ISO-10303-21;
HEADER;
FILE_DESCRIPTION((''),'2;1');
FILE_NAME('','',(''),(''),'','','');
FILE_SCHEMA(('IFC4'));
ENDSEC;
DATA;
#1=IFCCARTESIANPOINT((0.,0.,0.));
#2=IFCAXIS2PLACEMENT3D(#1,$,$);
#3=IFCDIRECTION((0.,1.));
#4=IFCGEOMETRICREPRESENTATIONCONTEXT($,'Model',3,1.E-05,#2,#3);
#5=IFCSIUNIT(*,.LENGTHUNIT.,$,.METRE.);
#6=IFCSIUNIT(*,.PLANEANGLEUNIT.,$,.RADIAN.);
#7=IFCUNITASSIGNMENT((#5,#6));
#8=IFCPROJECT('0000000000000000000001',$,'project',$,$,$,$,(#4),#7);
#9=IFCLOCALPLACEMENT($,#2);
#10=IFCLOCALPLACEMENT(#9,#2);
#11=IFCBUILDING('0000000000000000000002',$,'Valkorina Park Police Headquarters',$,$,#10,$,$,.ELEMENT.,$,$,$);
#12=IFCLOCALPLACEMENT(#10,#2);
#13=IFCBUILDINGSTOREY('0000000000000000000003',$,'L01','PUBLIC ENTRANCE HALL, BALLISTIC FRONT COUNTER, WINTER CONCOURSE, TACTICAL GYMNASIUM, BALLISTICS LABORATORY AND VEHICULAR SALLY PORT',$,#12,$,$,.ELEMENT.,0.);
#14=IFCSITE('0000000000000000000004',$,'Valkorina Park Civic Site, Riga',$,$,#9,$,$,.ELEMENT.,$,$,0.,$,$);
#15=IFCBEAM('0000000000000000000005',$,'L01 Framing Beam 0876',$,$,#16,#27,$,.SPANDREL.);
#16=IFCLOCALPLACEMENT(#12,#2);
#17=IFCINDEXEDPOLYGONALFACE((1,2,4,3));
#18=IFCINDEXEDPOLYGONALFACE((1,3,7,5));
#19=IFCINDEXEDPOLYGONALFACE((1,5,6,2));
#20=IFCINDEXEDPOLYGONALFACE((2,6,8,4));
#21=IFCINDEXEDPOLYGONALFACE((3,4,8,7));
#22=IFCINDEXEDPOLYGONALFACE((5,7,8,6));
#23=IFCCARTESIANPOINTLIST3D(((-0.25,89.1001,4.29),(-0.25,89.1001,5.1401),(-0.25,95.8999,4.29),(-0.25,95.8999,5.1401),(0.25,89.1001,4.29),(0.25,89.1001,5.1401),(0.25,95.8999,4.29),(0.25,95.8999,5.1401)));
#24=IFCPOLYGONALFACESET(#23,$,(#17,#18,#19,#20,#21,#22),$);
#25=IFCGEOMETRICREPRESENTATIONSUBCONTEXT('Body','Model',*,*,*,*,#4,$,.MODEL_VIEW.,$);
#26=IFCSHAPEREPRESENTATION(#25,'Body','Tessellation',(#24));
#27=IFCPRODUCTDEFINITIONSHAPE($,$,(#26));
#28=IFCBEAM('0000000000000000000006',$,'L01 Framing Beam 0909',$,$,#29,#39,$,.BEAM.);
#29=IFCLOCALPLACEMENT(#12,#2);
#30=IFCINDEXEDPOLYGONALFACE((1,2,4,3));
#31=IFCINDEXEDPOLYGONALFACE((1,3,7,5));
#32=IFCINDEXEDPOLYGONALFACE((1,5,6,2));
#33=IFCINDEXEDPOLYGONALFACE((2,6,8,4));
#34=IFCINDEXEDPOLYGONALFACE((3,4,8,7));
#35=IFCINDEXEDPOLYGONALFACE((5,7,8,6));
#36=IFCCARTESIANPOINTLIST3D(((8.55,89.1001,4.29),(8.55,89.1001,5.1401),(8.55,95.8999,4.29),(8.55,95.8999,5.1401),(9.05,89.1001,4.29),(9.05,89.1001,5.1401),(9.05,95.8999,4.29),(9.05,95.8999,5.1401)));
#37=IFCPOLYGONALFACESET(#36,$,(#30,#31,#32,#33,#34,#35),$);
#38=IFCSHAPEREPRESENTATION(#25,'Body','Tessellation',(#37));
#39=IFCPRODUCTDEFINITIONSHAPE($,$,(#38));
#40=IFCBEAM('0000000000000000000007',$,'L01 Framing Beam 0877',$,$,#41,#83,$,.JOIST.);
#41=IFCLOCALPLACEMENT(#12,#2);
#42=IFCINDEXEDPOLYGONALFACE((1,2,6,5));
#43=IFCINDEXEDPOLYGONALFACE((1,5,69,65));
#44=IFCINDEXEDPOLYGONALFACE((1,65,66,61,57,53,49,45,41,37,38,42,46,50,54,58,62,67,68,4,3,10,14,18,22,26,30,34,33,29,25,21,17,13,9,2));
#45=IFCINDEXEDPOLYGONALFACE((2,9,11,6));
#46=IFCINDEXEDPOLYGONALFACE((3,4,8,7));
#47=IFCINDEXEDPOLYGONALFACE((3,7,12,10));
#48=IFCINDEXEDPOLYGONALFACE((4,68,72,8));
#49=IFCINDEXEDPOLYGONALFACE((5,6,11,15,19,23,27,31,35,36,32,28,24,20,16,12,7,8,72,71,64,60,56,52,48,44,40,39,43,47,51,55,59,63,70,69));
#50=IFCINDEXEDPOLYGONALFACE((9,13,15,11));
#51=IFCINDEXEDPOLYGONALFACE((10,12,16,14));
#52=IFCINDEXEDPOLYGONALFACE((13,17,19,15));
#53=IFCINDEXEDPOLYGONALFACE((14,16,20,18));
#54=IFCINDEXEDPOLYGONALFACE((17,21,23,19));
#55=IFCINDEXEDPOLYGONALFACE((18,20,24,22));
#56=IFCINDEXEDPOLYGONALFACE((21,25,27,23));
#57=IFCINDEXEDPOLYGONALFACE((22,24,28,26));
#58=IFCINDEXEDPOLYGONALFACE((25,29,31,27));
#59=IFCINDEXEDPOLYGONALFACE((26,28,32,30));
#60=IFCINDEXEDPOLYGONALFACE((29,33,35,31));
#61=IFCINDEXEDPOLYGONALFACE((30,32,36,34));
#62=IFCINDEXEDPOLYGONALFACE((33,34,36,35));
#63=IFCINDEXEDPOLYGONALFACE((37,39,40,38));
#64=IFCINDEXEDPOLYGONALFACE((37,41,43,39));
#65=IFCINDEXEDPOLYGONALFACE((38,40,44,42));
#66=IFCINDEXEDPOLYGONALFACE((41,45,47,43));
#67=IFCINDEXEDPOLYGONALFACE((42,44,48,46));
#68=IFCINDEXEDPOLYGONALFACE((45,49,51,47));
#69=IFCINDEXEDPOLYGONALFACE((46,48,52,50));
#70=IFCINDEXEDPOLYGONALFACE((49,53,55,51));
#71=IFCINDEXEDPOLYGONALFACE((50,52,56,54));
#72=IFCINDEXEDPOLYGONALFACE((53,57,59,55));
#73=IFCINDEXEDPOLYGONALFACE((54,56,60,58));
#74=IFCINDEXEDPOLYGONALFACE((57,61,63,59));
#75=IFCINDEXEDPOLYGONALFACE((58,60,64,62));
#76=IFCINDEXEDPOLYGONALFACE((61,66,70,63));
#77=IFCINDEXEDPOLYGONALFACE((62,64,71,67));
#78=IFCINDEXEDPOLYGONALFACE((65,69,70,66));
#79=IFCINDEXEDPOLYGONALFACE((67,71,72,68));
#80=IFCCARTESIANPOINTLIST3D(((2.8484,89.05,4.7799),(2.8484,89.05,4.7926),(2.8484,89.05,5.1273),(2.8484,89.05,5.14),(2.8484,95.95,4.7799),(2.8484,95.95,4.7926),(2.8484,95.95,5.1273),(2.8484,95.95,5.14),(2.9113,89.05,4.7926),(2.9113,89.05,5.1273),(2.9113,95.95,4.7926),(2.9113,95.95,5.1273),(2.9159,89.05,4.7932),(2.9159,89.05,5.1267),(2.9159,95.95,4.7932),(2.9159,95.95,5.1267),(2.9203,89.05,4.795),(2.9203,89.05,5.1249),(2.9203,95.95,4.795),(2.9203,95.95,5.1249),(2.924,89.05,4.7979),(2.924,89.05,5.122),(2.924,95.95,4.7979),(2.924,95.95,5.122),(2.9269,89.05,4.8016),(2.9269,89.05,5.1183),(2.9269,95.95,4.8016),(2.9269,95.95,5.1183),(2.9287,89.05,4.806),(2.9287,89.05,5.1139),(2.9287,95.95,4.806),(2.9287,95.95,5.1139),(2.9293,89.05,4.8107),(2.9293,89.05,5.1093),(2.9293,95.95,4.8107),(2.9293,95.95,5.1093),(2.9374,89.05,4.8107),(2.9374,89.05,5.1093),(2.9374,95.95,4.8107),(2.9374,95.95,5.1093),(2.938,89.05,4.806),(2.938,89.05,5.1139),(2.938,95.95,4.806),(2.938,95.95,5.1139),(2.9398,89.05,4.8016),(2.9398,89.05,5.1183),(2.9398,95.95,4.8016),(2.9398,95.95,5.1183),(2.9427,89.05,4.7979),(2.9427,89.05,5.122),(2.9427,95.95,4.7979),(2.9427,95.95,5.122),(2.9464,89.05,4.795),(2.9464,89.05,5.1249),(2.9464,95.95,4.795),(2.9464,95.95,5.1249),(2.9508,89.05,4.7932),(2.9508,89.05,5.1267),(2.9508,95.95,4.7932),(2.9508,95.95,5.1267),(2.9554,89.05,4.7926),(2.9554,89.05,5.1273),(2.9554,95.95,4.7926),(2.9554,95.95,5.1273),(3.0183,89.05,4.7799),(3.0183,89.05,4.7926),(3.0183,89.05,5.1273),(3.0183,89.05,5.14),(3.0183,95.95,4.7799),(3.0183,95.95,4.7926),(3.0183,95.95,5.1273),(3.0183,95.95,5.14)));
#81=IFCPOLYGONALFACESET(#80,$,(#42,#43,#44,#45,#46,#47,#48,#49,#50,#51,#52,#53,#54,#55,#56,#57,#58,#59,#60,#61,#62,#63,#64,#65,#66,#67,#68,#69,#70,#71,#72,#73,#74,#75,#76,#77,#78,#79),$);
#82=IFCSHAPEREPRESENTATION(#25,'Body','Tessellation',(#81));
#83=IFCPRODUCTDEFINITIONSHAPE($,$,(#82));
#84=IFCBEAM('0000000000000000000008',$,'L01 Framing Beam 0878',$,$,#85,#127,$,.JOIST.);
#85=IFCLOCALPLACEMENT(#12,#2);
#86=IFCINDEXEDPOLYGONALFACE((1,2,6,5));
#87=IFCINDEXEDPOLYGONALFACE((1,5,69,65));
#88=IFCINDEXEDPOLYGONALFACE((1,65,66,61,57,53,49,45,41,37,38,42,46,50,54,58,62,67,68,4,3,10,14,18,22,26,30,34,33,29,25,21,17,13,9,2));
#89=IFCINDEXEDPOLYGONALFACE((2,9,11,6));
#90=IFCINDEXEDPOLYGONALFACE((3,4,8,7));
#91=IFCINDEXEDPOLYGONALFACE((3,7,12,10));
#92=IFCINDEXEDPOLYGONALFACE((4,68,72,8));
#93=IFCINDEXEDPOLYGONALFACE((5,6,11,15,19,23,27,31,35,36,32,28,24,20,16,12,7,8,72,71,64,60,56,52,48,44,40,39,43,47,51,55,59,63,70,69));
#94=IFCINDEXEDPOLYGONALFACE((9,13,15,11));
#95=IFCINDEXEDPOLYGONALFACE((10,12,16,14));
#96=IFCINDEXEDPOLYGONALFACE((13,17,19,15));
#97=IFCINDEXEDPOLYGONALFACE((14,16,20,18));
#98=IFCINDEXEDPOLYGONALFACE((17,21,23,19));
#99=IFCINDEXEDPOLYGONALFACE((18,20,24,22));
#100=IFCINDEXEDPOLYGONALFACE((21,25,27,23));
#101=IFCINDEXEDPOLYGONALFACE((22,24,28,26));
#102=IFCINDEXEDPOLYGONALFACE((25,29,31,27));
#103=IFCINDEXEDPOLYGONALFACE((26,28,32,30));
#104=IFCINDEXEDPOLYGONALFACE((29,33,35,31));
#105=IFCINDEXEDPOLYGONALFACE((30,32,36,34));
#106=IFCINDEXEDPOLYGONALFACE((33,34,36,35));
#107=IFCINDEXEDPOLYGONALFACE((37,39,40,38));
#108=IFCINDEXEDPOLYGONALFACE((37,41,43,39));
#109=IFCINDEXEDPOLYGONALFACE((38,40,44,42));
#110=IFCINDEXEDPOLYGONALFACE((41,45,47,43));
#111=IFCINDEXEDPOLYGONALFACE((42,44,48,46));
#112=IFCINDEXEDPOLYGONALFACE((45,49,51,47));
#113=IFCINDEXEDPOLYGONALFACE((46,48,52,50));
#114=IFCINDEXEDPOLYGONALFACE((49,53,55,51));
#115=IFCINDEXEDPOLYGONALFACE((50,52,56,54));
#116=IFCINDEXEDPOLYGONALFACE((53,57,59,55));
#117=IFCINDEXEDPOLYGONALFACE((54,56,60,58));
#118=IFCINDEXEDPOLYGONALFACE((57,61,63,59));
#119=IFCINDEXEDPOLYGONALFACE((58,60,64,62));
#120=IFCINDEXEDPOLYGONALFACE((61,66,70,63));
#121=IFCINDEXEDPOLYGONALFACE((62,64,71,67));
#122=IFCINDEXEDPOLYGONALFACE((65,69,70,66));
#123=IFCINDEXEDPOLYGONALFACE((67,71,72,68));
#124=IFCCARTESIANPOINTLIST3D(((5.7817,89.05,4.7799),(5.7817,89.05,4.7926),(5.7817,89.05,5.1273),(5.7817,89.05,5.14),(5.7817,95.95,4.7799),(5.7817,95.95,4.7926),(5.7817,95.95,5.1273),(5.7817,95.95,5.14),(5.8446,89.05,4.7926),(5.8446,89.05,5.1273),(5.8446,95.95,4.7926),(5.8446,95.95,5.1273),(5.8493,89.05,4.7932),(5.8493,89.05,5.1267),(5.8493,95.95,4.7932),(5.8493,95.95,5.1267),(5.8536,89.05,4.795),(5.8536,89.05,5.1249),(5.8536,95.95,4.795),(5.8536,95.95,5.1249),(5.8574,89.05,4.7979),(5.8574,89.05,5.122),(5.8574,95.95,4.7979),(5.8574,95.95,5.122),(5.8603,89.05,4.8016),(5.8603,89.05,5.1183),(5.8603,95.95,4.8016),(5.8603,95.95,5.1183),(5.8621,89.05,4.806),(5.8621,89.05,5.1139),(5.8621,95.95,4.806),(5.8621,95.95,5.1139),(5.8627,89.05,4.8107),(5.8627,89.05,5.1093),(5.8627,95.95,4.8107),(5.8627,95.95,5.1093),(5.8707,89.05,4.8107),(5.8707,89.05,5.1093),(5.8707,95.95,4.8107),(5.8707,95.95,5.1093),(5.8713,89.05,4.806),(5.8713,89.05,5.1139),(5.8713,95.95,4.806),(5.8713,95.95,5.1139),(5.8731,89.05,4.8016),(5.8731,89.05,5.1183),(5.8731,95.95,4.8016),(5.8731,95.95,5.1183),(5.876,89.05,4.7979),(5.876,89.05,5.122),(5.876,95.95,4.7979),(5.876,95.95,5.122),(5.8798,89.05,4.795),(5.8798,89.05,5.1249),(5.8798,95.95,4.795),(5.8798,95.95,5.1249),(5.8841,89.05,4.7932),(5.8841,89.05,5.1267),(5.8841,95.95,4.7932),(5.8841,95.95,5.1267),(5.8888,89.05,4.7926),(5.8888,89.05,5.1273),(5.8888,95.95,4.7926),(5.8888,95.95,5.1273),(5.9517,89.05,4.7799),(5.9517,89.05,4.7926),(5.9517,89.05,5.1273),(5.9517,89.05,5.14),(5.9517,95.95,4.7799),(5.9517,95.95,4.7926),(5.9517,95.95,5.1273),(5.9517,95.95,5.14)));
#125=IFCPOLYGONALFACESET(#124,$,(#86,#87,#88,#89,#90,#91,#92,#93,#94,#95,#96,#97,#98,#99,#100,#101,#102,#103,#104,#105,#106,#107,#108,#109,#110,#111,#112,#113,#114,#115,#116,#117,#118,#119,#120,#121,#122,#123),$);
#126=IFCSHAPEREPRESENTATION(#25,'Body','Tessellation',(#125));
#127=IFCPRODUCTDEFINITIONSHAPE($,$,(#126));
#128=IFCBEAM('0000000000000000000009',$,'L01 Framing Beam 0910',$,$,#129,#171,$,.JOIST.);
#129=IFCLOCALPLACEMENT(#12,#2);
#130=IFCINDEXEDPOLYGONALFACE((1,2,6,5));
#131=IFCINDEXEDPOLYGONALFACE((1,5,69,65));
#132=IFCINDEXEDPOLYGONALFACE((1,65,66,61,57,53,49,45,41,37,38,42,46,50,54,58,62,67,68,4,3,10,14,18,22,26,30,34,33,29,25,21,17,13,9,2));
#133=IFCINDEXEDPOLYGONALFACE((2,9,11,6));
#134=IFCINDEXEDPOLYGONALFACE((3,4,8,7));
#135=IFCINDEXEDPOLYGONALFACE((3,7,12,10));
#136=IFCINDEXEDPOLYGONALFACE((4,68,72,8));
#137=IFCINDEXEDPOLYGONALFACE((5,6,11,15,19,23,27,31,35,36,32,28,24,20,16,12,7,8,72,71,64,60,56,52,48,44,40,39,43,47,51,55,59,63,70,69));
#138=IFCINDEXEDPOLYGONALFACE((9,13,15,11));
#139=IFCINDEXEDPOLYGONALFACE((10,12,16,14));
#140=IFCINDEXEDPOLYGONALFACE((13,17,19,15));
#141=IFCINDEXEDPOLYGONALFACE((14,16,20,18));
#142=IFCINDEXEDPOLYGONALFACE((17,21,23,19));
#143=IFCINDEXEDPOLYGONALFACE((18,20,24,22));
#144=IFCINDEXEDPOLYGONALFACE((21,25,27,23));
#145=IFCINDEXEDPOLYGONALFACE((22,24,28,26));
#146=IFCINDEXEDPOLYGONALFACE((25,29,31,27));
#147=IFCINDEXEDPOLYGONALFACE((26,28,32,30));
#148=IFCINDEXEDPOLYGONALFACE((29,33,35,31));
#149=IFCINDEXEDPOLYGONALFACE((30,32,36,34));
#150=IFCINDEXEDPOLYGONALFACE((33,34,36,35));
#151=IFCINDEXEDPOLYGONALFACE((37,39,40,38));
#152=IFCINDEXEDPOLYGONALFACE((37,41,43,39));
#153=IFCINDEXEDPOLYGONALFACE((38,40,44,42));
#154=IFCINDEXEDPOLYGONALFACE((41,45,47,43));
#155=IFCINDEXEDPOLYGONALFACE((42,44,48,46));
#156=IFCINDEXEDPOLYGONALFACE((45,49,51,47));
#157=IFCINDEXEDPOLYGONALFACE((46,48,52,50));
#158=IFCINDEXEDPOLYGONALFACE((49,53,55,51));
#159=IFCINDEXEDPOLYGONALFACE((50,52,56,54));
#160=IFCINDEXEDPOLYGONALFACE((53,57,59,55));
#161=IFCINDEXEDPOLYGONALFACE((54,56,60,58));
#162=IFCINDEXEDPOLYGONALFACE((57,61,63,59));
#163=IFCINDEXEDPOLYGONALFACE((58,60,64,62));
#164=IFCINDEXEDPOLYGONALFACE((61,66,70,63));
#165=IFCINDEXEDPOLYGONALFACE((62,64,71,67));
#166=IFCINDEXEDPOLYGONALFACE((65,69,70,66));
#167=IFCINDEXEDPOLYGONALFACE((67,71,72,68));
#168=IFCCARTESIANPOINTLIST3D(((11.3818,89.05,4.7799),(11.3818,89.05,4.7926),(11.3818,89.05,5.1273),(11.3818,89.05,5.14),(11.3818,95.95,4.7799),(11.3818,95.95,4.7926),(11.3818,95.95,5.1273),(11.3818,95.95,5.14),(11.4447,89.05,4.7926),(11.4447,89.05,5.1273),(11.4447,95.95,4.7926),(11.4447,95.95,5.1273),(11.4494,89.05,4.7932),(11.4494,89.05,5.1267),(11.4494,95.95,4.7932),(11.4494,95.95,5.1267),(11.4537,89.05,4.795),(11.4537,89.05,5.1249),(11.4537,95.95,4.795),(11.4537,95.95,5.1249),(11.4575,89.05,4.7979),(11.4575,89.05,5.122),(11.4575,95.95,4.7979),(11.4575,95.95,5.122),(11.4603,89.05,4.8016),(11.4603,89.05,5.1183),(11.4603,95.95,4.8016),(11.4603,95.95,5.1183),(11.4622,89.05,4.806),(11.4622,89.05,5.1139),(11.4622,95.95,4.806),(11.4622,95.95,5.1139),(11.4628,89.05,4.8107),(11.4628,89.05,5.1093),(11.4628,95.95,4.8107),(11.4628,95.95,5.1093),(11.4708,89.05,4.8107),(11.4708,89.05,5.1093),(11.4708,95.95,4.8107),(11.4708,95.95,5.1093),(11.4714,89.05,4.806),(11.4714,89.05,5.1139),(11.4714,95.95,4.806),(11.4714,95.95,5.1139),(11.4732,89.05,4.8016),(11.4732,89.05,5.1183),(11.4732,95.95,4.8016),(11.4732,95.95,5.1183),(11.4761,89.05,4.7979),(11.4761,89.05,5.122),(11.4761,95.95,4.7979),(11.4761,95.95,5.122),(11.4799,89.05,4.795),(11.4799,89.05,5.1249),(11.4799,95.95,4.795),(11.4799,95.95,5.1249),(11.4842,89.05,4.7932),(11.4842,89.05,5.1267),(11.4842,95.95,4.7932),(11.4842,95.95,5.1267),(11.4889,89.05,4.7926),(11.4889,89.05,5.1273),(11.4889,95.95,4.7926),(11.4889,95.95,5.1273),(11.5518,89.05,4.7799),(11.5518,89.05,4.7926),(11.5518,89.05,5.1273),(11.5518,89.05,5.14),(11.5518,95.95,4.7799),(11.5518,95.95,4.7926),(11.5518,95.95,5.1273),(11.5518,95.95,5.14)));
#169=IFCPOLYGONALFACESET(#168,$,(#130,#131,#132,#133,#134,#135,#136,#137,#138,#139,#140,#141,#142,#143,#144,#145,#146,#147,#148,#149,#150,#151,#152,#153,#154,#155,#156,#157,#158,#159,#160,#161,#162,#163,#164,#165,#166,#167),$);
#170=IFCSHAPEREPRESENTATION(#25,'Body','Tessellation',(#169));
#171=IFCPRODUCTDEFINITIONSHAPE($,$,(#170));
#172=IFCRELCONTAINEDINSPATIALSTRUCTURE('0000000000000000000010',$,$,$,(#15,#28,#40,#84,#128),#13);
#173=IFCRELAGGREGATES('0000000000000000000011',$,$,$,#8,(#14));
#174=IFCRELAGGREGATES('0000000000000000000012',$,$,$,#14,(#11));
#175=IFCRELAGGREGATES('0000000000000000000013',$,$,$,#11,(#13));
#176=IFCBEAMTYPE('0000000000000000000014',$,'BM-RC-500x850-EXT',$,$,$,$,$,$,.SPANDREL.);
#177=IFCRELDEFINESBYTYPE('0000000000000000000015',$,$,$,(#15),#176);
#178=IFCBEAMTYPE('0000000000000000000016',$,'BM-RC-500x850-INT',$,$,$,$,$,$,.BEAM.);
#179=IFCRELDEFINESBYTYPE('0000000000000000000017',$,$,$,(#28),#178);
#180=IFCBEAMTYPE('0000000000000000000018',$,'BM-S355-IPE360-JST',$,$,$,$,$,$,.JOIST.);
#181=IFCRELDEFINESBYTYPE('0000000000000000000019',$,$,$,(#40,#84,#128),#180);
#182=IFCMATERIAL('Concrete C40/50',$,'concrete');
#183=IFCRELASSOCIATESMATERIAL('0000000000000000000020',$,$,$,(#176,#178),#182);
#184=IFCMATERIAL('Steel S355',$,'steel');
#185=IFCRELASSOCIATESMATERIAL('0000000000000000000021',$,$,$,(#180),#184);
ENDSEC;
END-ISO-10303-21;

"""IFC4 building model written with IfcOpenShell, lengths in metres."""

from ifc_helpers import new_model, si_unit, direction, frame, origin, origin_2d, place, context, subcontext, project, spatial, rectangle, i_section, extrude, material, material_profile, profile_set, type_object, element, save


model = new_model("IFC4")

# Units and contexts
model_context = context("Model", 3, precision=1e-05, world=origin(), true_north=direction((0.0, 1.0)))
body_context = subcontext(model_context, "Body", "Model", "MODEL_VIEW")
ifc_project = project(units=[si_unit("LENGTHUNIT", "METRE"), si_unit("PLANEANGLEUNIT", "RADIAN")], contexts=[model_context])

# Site, building, storey
site_placement = place(None, origin())
site = spatial("IfcSite", under=ifc_project, at=site_placement, Name="Valkorina Park Civic Site, Riga", CompositionType="ELEMENT", RefElevation=0.0)
building_placement = place(site_placement, origin())
building = spatial("IfcBuilding", under=site, at=building_placement, Name="Valkorina Park Police Headquarters", CompositionType="ELEMENT")
storey_placement = place(building_placement, origin())
storey = spatial("IfcBuildingStorey", under=building, at=storey_placement, Name="L01", Description="PUBLIC ENTRANCE HALL, BALLISTIC FRONT COUNTER, WINTER CONCOURSE, TACTICAL GYMNASIUM, BALLISTICS LABORATORY AND VEHICULAR SALLY PORT", CompositionType="ELEMENT", Elevation=0.0)

# Beams
ifc_material_1 = material(Name="Concrete C40/50", Category="concrete")
ifc_material_profile_1 = material_profile(ifc_material_1, rectangle(XDim=0.5, YDim=0.8501, at=origin_2d()), Name="RC BEAM 500x850")
ifc_profile_set_1 = profile_set([ifc_material_profile_1], Name="Concrete C40/50")
beam_type_1 = type_object("IfcBeamType", Name="BM-RC-500x850-EXT", PredefinedType="SPANDREL", material=ifc_profile_set_1)
beam_1_placement = place(storey_placement, frame((0.0, 89.1001, 4.7151), z_axis=(0.0, 1.0, 0.0), x_axis=(-1.0, 0.0, 0.0)))
element("IfcBeam", 1, at=beam_1_placement, inside=storey, type_object=beam_type_1, Name="L01 Framing Beam 0876", PredefinedType="SPANDREL", context=body_context, shape_type="SweptSolid", body=[
    extrude(rectangle(XDim=0.5, YDim=0.8501, at=origin_2d()), origin(), (0.0, 0.0, 1.0), 6.7998),
])
ifc_material_profile_2 = material_profile(ifc_material_1, rectangle(XDim=0.5, YDim=0.8501, at=origin_2d()), Name="RC BEAM 500x850")
ifc_profile_set_2 = profile_set([ifc_material_profile_2], Name="Concrete C40/50")
beam_type_2 = type_object("IfcBeamType", Name="BM-RC-500x850-INT", PredefinedType="BEAM", material=ifc_profile_set_2)
beam_2_placement = place(storey_placement, frame((8.8, 89.1001, 4.7151), z_axis=(0.0, 1.0, 0.0), x_axis=(-1.0, 0.0, 0.0)))
element("IfcBeam", 2, at=beam_2_placement, inside=storey, type_object=beam_type_2, Name="L01 Framing Beam 0909", PredefinedType="BEAM", context=body_context, shape_type="SweptSolid", body=[
    extrude(rectangle(XDim=0.5, YDim=0.8501, at=origin_2d()), origin(), (0.0, 0.0, 1.0), 6.7998),
])
ifc_material_2 = material(Name="Steel S355", Category="steel")
ifc_material_profile_3 = material_profile(ifc_material_2, i_section(OverallWidth=0.1699, OverallDepth=0.3601, WebThickness=0.0081, FlangeThickness=0.0127, FilletRadius=0.0181, at=origin_2d()), Name="IPE 360")
ifc_profile_set_3 = profile_set([ifc_material_profile_3], Name="Steel S355")
beam_type_3 = type_object("IfcBeamType", Name="BM-S355-IPE360-JST", PredefinedType="JOIST", material=ifc_profile_set_3)
for number, where, z_axis, x_axis, name in (
    (3, (2.9333, 89.05, 4.96), (0.0, 1.0, 0.0), (-1.0, 0.0, 0.0), "L01 Framing Beam 0877"),
    (4, (5.8667, 89.05, 4.96), (0.0, 1.0, 0.0), (-1.0, 0.0, 0.0), "L01 Framing Beam 0878"),
    (5, (11.4668, 89.05, 4.96), (0.0, 1.0, 0.0), (-1.0, 0.0, 0.0), "L01 Framing Beam 0910"),
):
    element("IfcBeam", number, at=place(storey_placement, frame(where, z_axis=z_axis, x_axis=x_axis)), inside=storey, type_object=beam_type_3, Name=name, PredefinedType="JOIST", context=body_context, shape_type="SweptSolid", body=[
        extrude(i_section(OverallWidth=0.1699, OverallDepth=0.3601, WebThickness=0.0081, FlangeThickness=0.0127, FilletRadius=0.0181, at=origin_2d()), origin(), (0.0, 0.0, 1.0), 6.8999),
    ])

save(model, "model.ifc")
